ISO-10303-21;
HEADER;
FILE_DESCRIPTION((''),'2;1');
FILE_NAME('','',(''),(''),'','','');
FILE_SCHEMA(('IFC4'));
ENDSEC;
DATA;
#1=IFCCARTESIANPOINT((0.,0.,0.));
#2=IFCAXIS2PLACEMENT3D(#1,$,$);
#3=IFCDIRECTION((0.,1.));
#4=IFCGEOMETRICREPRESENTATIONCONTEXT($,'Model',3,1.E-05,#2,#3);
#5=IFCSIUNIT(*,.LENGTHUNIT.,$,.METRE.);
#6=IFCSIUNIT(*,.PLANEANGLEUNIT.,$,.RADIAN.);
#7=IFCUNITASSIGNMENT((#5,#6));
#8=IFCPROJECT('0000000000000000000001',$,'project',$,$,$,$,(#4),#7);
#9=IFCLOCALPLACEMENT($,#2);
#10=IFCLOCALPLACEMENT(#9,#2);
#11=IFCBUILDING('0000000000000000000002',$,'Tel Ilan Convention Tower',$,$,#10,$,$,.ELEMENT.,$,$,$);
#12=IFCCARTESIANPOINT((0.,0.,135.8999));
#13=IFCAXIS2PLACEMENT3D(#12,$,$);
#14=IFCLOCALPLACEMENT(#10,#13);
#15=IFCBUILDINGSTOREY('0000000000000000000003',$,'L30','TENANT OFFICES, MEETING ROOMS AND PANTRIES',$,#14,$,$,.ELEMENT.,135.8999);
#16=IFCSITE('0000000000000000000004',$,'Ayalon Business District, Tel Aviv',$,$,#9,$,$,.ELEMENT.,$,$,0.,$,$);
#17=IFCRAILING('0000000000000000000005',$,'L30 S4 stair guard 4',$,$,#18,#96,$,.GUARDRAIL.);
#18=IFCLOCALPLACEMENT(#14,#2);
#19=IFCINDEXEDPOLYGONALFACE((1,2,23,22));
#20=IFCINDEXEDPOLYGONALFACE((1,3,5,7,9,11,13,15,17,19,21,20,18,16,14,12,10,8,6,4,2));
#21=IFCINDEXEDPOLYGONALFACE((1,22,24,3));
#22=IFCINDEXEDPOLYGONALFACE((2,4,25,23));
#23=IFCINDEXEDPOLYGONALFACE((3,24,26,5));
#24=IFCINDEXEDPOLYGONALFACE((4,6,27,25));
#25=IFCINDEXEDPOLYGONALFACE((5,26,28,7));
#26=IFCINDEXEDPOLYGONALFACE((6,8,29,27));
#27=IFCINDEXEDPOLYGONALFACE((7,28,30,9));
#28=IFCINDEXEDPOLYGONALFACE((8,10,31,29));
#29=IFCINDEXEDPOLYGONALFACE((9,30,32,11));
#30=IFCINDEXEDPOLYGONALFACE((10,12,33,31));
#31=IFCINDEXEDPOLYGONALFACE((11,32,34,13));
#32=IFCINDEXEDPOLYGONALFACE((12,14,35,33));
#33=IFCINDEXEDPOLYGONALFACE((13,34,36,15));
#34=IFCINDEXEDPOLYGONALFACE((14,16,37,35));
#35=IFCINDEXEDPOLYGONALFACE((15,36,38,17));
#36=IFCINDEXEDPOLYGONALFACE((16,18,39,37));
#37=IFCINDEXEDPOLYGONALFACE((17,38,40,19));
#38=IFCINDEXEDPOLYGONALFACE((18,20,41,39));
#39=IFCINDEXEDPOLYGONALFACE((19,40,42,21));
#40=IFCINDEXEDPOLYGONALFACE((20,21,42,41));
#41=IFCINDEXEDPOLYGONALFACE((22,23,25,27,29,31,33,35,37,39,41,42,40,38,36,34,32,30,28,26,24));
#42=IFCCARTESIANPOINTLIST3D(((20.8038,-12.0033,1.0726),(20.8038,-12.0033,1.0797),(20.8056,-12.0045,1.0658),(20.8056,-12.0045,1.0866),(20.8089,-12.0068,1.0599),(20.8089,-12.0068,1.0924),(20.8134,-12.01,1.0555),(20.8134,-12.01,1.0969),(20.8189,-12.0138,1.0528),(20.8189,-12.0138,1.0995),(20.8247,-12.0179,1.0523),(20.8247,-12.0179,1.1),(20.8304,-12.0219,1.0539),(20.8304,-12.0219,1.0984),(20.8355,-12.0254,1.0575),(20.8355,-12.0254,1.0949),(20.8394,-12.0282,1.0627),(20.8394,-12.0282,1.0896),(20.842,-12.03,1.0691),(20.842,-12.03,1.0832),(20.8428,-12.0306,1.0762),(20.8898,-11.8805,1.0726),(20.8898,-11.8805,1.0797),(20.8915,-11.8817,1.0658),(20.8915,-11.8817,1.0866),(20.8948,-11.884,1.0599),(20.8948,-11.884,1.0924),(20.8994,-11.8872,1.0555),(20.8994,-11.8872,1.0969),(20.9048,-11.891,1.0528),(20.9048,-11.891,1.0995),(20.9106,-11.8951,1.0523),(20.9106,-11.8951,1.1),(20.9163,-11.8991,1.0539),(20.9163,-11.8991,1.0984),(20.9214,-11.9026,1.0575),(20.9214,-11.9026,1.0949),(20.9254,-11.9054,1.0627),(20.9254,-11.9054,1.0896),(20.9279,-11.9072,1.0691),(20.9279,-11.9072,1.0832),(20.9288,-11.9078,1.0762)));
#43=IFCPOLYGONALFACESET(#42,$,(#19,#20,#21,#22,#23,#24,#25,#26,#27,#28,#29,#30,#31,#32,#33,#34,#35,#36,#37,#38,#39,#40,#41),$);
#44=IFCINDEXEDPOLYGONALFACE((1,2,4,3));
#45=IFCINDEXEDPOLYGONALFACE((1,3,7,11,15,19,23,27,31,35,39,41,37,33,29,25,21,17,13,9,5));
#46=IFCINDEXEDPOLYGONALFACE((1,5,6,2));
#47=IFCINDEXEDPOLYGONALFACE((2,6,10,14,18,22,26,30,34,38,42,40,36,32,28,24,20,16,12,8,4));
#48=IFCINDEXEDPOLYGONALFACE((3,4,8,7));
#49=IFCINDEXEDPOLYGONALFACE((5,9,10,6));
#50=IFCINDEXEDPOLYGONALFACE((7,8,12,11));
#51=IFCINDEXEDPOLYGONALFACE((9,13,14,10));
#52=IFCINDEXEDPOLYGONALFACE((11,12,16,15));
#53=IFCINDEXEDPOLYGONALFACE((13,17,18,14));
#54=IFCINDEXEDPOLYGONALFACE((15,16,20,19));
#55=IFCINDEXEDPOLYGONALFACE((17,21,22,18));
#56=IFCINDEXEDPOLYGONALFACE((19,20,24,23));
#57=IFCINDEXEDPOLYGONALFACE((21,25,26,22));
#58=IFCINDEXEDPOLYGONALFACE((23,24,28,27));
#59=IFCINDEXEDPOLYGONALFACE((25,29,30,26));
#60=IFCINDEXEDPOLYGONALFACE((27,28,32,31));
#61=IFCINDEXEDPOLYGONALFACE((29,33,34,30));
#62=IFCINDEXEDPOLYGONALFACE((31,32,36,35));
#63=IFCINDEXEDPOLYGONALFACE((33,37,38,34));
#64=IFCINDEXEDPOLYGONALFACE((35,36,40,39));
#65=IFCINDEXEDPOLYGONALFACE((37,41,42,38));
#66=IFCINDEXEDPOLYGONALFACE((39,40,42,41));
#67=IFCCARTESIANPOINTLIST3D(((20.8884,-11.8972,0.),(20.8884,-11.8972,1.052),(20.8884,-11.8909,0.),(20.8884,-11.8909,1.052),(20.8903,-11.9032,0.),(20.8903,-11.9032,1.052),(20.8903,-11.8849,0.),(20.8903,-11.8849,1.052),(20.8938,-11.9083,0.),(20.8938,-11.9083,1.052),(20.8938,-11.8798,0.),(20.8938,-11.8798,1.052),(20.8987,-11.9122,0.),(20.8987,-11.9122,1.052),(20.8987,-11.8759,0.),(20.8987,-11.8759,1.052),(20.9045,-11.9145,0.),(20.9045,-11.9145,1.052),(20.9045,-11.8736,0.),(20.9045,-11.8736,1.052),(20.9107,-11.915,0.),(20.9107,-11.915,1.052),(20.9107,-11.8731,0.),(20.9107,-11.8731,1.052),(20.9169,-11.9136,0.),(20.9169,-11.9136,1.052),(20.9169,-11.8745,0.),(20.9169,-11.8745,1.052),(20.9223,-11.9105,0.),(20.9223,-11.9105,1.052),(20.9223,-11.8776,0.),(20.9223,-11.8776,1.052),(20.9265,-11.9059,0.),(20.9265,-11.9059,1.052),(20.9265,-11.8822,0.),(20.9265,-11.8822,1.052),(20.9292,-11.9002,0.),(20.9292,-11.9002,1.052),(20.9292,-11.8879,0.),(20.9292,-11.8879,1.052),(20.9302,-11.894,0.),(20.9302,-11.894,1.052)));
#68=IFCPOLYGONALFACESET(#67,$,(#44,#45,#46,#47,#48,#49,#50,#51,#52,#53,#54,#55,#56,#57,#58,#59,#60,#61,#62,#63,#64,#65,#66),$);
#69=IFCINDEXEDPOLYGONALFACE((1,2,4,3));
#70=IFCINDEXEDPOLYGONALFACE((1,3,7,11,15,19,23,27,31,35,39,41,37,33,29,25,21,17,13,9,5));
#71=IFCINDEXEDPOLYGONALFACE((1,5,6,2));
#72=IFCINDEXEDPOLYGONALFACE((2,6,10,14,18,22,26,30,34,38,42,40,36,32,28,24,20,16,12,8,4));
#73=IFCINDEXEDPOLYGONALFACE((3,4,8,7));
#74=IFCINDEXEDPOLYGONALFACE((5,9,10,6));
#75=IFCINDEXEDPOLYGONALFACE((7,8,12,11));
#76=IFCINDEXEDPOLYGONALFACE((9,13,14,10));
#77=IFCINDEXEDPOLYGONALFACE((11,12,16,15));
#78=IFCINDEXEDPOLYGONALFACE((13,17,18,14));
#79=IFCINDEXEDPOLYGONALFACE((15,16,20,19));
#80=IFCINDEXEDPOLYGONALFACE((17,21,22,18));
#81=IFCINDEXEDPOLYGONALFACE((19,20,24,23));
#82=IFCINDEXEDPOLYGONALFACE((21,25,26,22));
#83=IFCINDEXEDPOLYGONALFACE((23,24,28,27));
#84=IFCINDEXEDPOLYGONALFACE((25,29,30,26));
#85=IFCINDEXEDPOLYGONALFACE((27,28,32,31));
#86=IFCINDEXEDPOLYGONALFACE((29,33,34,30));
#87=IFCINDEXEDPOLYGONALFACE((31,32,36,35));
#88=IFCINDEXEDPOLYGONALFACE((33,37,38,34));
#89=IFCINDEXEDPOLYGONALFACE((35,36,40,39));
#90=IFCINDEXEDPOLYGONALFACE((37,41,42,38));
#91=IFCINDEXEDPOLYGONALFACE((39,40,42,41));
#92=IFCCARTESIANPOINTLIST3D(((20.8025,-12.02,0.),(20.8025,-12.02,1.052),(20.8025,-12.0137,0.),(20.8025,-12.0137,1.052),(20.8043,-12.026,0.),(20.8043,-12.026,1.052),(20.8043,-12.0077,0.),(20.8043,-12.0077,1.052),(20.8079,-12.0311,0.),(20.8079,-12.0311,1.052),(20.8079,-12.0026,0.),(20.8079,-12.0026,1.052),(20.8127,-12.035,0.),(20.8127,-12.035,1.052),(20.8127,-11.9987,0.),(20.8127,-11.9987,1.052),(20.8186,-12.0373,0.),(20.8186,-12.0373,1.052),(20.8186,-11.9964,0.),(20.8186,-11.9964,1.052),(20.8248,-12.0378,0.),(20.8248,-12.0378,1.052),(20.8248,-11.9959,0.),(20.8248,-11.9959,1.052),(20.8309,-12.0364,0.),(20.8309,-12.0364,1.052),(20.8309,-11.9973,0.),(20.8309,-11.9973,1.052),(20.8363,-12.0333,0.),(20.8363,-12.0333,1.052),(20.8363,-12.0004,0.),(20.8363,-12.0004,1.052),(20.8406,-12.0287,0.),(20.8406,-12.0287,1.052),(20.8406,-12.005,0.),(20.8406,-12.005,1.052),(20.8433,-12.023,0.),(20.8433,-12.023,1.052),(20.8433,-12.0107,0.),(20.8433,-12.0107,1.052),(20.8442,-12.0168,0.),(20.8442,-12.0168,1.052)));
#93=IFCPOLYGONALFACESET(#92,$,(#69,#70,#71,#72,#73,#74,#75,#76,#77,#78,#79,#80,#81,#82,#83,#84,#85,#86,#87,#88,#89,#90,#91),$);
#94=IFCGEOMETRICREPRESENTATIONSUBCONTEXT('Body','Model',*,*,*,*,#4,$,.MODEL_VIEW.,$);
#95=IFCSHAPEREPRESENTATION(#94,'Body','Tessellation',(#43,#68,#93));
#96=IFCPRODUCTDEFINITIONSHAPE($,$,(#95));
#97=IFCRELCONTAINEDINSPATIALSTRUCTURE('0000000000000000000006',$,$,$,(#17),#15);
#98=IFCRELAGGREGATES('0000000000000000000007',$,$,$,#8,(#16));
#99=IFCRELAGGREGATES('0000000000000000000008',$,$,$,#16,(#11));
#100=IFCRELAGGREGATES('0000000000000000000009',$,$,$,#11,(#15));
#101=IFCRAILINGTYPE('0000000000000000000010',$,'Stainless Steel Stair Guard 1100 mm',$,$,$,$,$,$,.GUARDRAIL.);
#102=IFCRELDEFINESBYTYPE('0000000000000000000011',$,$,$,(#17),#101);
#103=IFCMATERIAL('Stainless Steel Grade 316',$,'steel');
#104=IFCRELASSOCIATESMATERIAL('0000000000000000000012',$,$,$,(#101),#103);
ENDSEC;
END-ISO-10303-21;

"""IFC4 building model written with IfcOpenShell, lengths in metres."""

from ifc_helpers import new_model, si_unit, direction, frame, origin, origin_2d, place, context, subcontext, project, spatial, circle, extrude, material, type_object, element, save


model = new_model("IFC4")

# Units and contexts
model_context = context("Model", 3, precision=1e-05, world=origin(), true_north=direction((0.0, 1.0)))
body_context = subcontext(model_context, "Body", "Model", "MODEL_VIEW")
ifc_project = project(units=[si_unit("LENGTHUNIT", "METRE"), si_unit("PLANEANGLEUNIT", "RADIAN")], contexts=[model_context])

# Site, building, storey
site_placement = place(None, origin())
site = spatial("IfcSite", under=ifc_project, at=site_placement, Name="Ayalon Business District, Tel Aviv", CompositionType="ELEMENT", RefElevation=0.0)
building_placement = place(site_placement, origin())
building = spatial("IfcBuilding", under=site, at=building_placement, Name="Tel Ilan Convention Tower", CompositionType="ELEMENT")
storey_placement = place(building_placement, frame((0.0, 0.0, 135.8999)))
storey = spatial("IfcBuildingStorey", under=building, at=storey_placement, Name="L30", Description="TENANT OFFICES, MEETING ROOMS AND PANTRIES", CompositionType="ELEMENT", Elevation=135.8999)

# Railing
ifc_material_1 = material(Name="Stainless Steel Grade 316", Category="steel")
railing_type_1 = type_object("IfcRailingType", Name="Stainless Steel Stair Guard 1100 mm", PredefinedType="GUARDRAIL", material=ifc_material_1)
railing_1_placement = place(storey_placement, frame((20.9092, -11.894, 0.0)))
element("IfcRailing", 1, at=railing_1_placement, inside=storey, type_object=railing_type_1, Name="L30 S4 stair guard 4", PredefinedType="GUARDRAIL", context=body_context, shape_type="SweptSolid", body=[
    extrude(circle(Radius=0.0239, at=origin_2d()), frame((0.0, 0.0, 1.0762), z_axis=(-0.573353, -0.819308, 0.0), x_axis=(0.819308, -0.573353, 0.0)), (0.0, 0.0, 1.0), 0.1499),
    extrude(circle(Radius=0.021, at=origin_2d()), origin(), (0.0, 0.0, 1.0), 1.052),
    extrude(circle(Radius=0.021, at=origin_2d()), frame((-0.0859, -0.1228, 0.0)), (0.0, 0.0, 1.0), 1.052),
])

save(model, "model.ifc")
